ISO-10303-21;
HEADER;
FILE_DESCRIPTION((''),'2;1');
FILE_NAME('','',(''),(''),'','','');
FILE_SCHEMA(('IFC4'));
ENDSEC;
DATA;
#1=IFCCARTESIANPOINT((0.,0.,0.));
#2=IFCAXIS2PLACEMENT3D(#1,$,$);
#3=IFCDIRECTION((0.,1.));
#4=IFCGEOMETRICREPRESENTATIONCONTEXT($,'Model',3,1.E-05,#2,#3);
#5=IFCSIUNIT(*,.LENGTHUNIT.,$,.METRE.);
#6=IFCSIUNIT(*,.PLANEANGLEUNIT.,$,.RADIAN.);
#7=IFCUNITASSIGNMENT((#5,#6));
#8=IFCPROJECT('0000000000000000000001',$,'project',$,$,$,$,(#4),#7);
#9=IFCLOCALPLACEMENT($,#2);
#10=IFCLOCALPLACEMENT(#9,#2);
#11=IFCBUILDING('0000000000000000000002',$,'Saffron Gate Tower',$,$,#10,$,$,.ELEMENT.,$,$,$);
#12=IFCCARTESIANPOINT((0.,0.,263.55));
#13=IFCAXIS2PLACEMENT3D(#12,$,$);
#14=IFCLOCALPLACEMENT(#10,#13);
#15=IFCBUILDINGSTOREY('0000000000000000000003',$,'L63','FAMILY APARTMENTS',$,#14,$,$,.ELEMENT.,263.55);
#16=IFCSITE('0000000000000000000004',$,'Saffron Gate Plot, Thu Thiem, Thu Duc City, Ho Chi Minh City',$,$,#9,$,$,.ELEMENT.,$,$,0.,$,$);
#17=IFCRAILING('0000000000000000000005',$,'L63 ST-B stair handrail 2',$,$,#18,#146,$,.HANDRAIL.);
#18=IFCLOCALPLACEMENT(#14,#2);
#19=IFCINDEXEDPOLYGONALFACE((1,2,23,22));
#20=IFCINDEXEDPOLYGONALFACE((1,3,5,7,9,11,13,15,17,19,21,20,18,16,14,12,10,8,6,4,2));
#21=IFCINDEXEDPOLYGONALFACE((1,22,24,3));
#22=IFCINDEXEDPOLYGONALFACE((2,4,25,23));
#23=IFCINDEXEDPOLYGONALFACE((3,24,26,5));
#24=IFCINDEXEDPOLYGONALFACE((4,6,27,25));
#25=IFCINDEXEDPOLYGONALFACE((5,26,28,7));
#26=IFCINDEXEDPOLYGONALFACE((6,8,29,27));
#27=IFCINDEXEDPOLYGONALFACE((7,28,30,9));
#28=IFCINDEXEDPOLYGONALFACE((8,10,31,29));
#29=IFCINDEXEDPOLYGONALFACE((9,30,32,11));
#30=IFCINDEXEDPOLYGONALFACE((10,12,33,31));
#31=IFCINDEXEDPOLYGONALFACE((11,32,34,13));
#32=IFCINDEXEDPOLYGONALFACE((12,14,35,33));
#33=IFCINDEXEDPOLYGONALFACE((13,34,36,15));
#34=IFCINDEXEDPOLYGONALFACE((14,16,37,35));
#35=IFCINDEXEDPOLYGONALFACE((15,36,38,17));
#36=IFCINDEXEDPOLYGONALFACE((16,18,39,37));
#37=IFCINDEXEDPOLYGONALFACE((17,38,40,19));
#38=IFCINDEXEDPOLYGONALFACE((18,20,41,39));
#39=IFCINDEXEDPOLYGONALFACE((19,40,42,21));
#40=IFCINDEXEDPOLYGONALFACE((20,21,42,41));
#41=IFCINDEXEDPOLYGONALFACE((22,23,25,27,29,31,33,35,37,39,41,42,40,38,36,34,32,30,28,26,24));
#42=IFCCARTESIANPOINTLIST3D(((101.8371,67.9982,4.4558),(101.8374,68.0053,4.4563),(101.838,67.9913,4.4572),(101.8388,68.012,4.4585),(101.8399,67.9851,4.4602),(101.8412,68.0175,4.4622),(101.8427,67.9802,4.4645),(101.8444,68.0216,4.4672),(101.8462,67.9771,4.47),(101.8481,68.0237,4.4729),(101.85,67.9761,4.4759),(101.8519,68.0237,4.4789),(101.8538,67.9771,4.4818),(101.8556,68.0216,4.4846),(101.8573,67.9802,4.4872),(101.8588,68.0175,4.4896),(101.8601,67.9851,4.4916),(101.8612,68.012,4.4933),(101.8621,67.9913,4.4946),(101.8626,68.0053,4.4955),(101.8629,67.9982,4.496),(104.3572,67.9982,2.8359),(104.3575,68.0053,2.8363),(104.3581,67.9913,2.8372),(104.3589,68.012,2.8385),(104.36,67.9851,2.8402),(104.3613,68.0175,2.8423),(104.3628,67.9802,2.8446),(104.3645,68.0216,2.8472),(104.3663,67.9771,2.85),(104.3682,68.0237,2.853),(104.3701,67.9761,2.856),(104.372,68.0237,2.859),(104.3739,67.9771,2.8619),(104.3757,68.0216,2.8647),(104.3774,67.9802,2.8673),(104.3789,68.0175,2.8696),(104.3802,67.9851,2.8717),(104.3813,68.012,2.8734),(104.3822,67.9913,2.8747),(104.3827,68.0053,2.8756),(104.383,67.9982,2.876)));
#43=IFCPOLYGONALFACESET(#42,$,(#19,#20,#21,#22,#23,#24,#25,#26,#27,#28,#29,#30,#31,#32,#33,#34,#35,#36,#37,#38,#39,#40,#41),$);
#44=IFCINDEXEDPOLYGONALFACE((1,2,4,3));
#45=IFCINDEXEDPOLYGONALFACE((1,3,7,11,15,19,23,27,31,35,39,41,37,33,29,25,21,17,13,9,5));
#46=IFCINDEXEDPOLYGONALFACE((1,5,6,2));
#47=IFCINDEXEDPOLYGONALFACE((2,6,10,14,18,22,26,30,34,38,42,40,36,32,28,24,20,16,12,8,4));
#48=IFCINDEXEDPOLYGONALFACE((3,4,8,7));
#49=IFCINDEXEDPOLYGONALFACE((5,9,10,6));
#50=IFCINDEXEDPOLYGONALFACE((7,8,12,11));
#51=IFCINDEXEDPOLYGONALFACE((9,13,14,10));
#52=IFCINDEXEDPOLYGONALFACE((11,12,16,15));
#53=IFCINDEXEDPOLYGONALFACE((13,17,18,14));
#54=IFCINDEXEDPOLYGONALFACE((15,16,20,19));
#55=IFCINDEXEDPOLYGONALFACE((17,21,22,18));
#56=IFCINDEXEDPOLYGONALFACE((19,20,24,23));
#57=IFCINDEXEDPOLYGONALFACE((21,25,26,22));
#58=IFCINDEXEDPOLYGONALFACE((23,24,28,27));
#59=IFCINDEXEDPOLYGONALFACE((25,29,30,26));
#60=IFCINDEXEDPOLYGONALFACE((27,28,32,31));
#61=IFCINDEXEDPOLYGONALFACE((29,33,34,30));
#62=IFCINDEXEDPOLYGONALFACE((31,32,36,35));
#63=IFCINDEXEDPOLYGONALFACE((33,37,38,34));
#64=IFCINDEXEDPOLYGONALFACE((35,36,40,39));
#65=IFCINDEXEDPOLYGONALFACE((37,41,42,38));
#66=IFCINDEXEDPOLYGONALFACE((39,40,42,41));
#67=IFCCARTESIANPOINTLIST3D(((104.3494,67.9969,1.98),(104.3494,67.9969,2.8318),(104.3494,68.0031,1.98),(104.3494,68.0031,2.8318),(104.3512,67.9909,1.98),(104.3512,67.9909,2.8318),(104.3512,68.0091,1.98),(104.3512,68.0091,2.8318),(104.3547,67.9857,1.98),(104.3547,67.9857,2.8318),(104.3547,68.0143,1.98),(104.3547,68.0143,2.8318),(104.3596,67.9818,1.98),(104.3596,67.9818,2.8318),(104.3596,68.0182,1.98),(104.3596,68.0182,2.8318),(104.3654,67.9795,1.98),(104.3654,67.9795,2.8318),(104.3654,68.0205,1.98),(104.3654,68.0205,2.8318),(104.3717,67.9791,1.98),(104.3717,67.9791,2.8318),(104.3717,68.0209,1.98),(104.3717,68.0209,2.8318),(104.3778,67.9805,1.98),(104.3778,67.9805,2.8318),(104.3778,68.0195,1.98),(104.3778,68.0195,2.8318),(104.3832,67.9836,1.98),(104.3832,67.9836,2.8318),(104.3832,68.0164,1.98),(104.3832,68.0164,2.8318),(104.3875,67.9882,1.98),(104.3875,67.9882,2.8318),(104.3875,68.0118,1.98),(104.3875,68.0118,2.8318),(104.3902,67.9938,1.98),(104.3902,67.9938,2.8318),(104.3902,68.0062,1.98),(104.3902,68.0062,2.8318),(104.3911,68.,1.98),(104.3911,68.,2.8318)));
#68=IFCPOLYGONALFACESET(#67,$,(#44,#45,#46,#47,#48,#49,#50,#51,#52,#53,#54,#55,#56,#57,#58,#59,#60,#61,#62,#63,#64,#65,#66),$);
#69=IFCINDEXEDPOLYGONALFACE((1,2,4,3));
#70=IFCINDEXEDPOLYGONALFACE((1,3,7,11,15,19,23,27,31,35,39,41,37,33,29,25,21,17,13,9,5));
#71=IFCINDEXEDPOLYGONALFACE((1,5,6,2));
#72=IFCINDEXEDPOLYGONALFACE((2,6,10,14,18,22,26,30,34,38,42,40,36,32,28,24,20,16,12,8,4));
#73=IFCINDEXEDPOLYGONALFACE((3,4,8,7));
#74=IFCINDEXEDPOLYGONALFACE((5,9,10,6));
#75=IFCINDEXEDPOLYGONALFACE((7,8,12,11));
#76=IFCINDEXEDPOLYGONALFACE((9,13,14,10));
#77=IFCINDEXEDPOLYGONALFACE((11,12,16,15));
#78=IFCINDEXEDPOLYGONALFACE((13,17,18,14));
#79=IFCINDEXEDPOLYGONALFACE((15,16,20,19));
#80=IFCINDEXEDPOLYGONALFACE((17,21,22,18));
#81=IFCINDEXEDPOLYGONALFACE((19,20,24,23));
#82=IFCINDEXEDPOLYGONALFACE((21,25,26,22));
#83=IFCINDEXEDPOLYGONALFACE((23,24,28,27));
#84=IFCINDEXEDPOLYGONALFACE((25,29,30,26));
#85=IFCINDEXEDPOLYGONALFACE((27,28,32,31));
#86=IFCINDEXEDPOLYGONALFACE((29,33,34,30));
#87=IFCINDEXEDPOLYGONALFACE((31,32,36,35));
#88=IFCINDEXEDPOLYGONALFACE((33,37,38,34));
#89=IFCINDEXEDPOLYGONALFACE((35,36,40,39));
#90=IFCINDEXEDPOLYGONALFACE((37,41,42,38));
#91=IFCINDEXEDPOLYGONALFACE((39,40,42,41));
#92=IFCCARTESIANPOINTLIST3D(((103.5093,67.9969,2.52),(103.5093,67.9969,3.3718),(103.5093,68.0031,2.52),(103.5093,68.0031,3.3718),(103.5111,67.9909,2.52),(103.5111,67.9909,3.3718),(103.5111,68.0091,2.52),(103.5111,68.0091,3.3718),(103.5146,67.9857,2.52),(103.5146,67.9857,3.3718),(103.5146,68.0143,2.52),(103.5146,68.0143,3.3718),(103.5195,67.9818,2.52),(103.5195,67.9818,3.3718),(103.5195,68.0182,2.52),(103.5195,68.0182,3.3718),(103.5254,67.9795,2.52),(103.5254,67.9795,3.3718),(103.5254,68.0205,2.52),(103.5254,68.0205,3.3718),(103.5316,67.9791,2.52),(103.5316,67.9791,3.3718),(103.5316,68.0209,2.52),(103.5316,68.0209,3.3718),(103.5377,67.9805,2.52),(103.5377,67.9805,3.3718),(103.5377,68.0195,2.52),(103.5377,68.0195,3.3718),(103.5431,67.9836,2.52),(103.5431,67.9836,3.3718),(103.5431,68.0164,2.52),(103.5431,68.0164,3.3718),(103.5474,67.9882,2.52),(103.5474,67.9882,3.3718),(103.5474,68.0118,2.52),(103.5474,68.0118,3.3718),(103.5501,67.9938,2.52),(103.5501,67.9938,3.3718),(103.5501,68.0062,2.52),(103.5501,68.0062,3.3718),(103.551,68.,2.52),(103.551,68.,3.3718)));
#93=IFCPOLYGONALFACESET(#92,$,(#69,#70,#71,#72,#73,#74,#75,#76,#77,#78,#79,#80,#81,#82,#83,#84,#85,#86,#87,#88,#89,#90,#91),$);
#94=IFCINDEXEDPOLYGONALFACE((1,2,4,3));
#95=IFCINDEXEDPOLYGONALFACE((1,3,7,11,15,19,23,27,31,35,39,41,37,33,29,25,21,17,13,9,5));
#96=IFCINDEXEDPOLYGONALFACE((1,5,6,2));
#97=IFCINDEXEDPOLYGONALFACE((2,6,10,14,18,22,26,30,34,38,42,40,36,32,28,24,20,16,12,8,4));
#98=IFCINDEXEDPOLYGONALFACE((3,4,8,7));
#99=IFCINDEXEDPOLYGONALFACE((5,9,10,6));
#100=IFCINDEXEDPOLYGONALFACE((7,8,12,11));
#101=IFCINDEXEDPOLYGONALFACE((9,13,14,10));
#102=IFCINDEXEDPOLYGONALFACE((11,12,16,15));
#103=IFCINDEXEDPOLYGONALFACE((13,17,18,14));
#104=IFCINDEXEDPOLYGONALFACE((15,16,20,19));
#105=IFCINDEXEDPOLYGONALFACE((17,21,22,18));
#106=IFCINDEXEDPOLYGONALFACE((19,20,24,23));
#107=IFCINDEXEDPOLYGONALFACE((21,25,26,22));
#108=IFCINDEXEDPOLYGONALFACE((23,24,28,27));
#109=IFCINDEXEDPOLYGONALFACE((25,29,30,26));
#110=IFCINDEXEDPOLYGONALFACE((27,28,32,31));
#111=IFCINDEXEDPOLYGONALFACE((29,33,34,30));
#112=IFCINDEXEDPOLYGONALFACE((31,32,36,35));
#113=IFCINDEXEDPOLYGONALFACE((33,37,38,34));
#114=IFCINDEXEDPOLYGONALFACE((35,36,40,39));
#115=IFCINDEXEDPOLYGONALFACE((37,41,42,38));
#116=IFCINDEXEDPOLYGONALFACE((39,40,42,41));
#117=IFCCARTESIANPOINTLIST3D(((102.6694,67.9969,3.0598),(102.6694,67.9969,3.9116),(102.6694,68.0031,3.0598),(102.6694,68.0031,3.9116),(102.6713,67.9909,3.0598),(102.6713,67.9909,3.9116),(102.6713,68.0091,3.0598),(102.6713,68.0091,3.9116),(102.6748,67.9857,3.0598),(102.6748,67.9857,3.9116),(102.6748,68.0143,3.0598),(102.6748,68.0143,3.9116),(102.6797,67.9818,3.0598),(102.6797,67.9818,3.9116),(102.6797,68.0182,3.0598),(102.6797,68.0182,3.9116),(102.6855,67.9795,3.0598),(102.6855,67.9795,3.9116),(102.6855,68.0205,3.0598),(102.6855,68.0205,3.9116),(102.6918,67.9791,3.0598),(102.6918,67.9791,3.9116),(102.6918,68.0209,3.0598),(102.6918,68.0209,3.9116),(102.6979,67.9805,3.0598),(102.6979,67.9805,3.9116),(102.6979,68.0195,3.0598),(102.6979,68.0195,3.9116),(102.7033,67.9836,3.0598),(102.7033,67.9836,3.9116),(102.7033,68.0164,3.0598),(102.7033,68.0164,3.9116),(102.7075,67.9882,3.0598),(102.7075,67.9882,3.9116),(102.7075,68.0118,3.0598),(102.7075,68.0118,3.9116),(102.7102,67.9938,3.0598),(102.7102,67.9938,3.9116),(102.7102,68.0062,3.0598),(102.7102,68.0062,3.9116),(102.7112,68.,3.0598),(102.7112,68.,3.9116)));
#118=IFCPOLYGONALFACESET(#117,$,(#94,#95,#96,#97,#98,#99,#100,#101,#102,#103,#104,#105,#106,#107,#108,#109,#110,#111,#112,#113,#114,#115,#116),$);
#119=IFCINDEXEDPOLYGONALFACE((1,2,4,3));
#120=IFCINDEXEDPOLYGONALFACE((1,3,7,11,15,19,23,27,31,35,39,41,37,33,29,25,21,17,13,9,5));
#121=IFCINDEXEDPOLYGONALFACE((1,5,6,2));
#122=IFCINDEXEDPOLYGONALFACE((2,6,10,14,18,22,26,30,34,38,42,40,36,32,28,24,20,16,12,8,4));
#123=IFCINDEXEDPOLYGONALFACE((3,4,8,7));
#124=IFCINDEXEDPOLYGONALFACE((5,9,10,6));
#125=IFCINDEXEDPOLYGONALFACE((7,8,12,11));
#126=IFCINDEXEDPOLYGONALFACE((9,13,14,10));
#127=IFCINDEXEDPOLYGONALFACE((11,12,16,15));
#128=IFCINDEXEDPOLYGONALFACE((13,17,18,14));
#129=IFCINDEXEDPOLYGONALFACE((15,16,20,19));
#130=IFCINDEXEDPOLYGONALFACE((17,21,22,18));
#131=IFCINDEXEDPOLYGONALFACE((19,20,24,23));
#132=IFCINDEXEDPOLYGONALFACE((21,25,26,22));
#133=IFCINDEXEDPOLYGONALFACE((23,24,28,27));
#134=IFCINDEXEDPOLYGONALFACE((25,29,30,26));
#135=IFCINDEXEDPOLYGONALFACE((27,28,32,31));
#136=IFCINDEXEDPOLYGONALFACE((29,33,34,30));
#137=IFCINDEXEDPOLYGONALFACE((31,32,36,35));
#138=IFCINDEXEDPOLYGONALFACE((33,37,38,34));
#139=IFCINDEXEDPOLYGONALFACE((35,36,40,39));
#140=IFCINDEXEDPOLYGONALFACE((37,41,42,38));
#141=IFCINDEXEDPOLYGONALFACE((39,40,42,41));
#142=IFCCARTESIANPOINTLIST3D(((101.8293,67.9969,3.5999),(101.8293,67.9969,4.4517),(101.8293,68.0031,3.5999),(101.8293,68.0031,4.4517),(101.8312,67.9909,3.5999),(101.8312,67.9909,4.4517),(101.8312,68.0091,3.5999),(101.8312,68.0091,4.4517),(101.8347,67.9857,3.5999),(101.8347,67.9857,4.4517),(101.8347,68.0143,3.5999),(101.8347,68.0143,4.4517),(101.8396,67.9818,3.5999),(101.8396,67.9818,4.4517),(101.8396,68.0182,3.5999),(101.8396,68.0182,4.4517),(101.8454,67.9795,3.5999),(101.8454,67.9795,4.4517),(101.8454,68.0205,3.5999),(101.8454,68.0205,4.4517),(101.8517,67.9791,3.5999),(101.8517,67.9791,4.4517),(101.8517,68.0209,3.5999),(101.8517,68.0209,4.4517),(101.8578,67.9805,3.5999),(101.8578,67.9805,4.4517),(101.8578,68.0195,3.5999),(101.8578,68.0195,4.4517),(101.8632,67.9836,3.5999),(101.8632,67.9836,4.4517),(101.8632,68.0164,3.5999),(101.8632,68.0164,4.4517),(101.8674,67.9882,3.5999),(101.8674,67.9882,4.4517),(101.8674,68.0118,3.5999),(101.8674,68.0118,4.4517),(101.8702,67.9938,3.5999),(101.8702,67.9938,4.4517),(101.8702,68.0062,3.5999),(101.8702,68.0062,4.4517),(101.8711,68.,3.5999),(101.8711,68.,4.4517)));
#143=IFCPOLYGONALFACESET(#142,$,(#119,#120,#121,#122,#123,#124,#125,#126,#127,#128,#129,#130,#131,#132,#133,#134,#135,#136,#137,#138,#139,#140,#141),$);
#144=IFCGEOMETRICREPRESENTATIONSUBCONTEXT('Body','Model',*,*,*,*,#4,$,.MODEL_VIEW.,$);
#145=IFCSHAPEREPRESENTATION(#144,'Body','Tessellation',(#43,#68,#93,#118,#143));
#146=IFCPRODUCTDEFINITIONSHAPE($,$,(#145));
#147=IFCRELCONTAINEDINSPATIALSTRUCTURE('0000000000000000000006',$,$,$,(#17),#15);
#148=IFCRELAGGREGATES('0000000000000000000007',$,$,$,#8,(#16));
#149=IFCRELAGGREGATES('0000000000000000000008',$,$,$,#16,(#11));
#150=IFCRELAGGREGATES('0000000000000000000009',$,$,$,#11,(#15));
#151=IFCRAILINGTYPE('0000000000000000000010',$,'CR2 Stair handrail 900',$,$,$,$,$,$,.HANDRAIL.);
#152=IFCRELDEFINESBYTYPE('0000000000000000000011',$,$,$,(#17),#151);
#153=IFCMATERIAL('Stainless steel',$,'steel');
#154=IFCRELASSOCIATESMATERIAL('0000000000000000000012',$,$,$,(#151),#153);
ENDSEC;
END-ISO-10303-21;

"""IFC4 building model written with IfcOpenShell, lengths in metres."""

from ifc_helpers import new_model, si_unit, direction, frame, origin, origin_2d, place, context, subcontext, project, spatial, circle, extrude, material, type_object, element, save


model = new_model("IFC4")

# Units and contexts
model_context = context("Model", 3, precision=1e-05, world=origin(), true_north=direction((0.0, 1.0)))
body_context = subcontext(model_context, "Body", "Model", "MODEL_VIEW")
ifc_project = project(units=[si_unit("LENGTHUNIT", "METRE"), si_unit("PLANEANGLEUNIT", "RADIAN")], contexts=[model_context])

# Site, building, storey
site_placement = place(None, origin())
site = spatial("IfcSite", under=ifc_project, at=site_placement, Name="Saffron Gate Plot, Thu Thiem, Thu Duc City, Ho Chi Minh City", CompositionType="ELEMENT", RefElevation=0.0)
building_placement = place(site_placement, origin())
building = spatial("IfcBuilding", under=site, at=building_placement, Name="Saffron Gate Tower", CompositionType="ELEMENT")
storey_placement = place(building_placement, frame((0.0, 0.0, 263.55)))
storey = spatial("IfcBuildingStorey", under=building, at=storey_placement, Name="L63", Description="FAMILY APARTMENTS", CompositionType="ELEMENT", Elevation=263.55)

# Railing
ifc_material_1 = material(Name="Stainless steel", Category="steel")
railing_type_1 = type_object("IfcRailingType", Name="CR2 Stair handrail 900", PredefinedType="HANDRAIL", material=ifc_material_1)
railing_1_placement = place(storey_placement, frame((104.3701, 68.0, 1.98)))
element("IfcRailing", 1, at=railing_1_placement, inside=storey, type_object=railing_type_1, Name="L63 ST-B stair handrail 2", PredefinedType="HANDRAIL", context=body_context, shape_type="SweptSolid", body=[
    extrude(circle(Radius=0.0239, at=origin_2d()), frame((0.0, 0.0, 0.876), z_axis=(-0.8412, 0.0, 0.540725), x_axis=(0.0, -1.0, 0.0)), (0.0, 0.0, 1.0), 2.9958),
    extrude(circle(Radius=0.021, at=origin_2d()), origin(), (0.0, 0.0, 1.0), 0.8518),
    extrude(circle(Radius=0.021, at=origin_2d()), frame((-0.8401, 0.0, 0.54)), (0.0, 0.0, 1.0), 0.8518),
    extrude(circle(Radius=0.021, at=origin_2d()), frame((-1.6799, 0.0, 1.0798)), (0.0, 0.0, 1.0), 0.8518),
    extrude(circle(Radius=0.021, at=origin_2d()), frame((-2.52, 0.0, 1.6199)), (0.0, 0.0, 1.0), 0.8518),
])

save(model, "model.ifc")
